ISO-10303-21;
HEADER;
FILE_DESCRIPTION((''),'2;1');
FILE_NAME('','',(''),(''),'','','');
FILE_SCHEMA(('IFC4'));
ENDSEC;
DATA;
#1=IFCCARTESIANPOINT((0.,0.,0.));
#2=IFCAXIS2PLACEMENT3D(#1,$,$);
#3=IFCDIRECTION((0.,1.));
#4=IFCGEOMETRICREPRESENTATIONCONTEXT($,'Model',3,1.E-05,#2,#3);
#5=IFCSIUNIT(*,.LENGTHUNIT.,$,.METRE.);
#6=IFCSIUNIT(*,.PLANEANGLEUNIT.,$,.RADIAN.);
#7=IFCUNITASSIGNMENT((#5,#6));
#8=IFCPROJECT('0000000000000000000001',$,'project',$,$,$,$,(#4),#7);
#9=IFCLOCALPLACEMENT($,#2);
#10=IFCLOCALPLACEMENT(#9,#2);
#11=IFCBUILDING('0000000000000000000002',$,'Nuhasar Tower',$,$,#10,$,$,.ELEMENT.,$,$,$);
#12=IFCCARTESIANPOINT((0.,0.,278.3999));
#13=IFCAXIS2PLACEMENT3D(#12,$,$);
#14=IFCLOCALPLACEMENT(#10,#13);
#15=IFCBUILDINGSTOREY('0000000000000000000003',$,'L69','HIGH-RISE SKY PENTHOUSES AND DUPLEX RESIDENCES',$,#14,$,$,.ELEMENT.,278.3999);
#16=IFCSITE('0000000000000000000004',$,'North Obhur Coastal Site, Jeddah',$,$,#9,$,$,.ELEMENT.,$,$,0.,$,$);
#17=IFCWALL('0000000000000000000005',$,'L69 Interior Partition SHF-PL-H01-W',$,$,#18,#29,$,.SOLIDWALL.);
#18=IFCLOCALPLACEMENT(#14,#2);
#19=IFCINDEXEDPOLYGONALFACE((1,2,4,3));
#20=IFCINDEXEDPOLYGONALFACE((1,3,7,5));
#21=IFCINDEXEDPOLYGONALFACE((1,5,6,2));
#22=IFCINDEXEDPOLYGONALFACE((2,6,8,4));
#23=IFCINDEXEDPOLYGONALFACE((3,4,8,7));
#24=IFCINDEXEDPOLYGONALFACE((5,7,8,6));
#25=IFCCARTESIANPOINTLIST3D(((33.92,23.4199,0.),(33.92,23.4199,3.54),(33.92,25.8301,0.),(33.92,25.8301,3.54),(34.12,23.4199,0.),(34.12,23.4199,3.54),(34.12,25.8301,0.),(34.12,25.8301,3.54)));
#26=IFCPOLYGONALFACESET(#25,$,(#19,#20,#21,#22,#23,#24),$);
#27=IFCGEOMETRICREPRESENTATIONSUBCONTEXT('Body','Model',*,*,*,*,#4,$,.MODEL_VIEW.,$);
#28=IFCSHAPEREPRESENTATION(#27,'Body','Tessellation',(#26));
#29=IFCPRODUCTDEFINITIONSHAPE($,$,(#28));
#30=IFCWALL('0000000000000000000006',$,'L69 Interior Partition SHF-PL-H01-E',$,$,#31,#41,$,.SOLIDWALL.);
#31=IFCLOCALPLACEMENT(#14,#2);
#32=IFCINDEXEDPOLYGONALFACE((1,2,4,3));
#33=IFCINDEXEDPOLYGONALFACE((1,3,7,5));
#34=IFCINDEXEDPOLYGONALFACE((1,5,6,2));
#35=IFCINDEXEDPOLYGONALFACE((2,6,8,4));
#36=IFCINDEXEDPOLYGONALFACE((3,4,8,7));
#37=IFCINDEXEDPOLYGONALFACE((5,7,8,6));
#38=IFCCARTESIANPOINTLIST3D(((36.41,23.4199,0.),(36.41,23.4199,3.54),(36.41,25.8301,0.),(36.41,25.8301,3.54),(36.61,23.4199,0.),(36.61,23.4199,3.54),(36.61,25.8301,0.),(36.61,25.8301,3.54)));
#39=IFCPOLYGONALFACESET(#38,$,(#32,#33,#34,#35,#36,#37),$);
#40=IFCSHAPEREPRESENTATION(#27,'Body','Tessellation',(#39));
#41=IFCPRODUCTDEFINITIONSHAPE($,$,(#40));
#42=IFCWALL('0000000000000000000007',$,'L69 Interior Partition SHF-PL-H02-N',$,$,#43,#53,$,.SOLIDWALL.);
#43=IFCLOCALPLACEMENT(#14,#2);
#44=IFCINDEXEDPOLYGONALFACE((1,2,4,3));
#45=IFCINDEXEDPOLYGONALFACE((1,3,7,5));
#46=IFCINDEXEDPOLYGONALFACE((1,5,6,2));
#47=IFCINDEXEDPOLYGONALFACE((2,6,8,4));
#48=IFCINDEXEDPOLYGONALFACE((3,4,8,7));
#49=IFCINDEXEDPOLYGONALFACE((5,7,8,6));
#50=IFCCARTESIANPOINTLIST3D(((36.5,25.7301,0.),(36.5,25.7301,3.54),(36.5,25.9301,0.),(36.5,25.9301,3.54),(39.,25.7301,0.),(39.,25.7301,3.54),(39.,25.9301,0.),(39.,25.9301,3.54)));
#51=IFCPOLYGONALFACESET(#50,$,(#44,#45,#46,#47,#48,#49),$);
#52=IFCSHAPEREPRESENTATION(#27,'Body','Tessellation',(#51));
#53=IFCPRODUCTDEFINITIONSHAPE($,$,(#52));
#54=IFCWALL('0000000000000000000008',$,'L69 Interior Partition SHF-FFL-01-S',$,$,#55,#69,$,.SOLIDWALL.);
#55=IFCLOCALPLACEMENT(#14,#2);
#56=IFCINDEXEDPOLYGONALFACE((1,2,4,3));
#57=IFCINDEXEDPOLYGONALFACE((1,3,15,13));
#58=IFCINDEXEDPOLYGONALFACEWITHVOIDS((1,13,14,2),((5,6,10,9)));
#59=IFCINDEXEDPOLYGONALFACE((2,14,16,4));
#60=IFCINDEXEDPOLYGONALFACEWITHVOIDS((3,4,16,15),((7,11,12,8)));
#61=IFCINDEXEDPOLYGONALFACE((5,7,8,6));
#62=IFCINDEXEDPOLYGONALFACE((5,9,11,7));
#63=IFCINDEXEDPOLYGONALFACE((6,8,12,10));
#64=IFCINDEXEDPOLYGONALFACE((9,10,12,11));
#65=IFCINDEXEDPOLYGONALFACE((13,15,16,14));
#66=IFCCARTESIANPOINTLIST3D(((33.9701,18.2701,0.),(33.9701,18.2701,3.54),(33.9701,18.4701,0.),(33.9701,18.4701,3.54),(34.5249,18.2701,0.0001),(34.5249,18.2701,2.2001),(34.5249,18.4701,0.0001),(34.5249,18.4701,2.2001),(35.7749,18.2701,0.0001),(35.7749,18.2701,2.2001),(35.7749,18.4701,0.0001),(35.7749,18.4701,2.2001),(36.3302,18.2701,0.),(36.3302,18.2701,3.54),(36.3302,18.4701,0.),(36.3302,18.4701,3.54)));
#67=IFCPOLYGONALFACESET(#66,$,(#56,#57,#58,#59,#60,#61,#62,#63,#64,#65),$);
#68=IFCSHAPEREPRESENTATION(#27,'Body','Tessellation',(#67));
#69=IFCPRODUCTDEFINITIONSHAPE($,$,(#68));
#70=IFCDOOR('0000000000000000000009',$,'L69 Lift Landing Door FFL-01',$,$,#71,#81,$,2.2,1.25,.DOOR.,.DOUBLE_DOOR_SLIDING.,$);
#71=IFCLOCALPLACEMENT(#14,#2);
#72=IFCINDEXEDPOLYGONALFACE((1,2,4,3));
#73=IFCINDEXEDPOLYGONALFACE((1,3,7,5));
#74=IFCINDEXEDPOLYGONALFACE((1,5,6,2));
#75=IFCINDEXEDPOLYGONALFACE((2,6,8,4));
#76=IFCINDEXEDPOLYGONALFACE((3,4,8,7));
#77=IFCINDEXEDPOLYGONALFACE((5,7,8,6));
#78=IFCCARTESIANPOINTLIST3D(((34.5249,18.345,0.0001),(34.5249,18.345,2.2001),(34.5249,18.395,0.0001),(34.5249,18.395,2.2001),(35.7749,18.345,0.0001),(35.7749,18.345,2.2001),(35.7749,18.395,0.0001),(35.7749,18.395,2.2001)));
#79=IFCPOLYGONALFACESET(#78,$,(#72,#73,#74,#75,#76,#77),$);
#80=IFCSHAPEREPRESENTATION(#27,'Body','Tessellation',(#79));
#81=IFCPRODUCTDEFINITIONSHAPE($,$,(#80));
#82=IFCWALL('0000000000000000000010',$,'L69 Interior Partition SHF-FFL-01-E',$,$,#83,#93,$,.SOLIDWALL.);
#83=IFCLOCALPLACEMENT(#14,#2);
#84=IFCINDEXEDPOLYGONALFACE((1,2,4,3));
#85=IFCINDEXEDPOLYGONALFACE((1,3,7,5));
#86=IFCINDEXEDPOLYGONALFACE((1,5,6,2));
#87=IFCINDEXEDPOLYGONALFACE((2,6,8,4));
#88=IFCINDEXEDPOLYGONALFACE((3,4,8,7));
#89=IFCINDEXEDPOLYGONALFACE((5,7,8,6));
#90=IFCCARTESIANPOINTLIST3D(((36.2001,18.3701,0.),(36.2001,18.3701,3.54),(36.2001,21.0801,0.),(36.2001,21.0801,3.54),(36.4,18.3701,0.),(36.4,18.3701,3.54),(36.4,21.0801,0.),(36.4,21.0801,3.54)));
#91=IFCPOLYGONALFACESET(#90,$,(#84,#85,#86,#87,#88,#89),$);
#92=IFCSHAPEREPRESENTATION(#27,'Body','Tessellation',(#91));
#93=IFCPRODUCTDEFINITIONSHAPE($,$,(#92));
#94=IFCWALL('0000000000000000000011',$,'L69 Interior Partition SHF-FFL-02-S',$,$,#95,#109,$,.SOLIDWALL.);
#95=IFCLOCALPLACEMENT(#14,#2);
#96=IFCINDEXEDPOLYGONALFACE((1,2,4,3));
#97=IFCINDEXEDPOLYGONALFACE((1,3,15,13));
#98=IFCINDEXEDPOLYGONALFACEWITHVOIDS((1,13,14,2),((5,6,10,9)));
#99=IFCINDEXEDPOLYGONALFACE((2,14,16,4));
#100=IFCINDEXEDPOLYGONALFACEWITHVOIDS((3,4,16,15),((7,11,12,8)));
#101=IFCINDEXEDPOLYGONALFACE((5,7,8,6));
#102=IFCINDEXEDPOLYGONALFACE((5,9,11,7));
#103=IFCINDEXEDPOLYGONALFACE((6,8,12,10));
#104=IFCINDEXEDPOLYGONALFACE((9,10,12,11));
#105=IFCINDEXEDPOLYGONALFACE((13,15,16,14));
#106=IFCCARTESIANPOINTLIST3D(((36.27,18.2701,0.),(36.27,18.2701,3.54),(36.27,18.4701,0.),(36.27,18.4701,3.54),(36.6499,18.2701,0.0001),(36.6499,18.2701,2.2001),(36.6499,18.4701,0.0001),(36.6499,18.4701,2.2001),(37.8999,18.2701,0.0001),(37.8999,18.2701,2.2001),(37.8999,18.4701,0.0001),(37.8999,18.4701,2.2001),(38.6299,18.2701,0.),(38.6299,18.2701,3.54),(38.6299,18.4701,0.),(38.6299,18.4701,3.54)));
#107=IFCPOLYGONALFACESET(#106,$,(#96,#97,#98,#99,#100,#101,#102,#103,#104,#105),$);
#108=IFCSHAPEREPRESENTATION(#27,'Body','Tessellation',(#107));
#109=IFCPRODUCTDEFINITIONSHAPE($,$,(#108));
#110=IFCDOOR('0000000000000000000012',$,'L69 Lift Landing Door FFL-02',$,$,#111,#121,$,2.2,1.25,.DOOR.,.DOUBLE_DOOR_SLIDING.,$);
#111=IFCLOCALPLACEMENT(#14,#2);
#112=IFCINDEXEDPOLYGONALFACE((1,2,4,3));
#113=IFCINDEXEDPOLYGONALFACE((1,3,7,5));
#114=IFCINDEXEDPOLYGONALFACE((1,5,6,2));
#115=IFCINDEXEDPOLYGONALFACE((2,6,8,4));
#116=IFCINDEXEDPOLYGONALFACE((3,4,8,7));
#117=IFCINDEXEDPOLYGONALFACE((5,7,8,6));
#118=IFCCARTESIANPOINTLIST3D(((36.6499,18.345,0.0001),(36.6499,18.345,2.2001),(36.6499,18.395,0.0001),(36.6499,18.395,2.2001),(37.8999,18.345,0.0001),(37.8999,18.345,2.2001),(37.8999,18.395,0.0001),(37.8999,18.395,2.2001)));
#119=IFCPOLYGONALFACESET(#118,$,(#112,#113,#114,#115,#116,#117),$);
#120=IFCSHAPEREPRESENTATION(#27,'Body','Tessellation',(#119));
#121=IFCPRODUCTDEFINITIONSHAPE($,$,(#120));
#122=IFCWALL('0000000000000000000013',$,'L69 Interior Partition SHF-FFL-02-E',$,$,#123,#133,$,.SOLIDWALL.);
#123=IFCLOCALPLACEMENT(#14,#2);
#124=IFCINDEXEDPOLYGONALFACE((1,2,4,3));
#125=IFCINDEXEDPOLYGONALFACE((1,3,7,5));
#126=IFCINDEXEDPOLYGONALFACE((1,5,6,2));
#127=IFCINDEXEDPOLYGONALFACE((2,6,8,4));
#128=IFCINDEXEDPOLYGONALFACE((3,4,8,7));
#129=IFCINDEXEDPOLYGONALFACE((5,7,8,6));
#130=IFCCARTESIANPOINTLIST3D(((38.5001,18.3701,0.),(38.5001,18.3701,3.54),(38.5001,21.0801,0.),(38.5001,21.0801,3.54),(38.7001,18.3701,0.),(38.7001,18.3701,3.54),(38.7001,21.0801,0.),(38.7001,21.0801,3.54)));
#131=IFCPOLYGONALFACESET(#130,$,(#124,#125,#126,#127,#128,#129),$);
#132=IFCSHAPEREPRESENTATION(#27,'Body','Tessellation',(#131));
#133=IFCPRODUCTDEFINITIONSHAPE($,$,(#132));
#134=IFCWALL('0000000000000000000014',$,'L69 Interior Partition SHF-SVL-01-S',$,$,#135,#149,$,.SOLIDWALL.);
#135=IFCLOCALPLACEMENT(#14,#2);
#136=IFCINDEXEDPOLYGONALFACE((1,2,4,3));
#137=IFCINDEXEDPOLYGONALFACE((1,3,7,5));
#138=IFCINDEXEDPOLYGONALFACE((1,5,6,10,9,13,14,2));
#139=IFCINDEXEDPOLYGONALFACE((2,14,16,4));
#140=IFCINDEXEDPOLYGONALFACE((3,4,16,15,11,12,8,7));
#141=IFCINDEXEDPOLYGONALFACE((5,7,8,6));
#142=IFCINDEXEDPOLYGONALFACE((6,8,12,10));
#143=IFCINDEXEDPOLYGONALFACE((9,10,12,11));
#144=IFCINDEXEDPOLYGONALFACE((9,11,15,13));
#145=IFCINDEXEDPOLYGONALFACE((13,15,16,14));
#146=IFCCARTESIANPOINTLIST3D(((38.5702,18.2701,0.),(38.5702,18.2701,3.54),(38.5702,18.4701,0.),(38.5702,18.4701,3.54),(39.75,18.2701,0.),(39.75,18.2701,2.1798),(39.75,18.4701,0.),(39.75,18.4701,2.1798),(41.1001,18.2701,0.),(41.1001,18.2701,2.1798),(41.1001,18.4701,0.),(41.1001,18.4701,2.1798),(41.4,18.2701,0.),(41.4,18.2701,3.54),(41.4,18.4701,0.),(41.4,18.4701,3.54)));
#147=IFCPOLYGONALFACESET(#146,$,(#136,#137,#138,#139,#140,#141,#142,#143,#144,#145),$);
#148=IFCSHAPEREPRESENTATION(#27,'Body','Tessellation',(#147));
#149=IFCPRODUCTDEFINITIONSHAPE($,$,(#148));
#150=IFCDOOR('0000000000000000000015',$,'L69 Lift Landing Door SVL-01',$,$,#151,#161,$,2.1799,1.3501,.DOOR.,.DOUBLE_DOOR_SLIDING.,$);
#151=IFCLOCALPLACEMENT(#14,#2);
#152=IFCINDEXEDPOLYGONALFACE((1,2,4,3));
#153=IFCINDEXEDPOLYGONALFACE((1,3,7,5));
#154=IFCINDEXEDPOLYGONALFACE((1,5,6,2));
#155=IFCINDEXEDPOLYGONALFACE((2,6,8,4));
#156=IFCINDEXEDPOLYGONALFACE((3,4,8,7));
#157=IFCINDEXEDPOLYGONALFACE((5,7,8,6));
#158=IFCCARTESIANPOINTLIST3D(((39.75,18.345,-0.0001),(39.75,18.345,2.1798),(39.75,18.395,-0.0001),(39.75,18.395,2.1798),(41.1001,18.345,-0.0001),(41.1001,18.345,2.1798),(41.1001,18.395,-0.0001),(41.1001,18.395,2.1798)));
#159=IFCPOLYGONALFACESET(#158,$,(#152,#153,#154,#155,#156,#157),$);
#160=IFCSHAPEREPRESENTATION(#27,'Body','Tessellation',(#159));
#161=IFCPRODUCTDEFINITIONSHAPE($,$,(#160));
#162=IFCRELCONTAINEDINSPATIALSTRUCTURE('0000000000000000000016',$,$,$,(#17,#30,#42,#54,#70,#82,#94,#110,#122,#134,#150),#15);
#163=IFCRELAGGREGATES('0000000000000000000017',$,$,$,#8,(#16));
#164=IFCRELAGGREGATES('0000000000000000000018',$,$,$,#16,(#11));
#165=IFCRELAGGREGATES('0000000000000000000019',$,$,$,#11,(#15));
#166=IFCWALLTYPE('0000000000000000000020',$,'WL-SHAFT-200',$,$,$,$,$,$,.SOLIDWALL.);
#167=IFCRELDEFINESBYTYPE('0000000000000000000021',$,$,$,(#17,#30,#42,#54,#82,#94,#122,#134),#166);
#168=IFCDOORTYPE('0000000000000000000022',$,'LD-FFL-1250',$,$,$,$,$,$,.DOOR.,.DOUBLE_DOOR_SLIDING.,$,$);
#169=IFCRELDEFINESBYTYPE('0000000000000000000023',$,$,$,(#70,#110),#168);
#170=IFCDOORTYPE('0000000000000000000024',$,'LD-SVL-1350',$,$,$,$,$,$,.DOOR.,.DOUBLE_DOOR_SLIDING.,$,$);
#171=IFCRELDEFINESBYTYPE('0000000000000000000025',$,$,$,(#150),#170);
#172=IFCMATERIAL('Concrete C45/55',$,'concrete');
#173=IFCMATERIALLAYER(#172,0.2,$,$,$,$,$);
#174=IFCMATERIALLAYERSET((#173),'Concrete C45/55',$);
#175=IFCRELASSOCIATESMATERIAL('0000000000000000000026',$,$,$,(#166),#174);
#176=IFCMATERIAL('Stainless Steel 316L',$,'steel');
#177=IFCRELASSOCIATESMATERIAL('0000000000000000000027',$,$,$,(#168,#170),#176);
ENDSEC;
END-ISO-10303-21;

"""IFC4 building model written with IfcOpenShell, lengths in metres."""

from ifc_helpers import new_model, si_unit, direction, frame, frame_2d, origin, place, context, subcontext, project, spatial, rectangle, extrude, material, layer, layer_set, type_object, element, fill, save


model = new_model("IFC4")

# Units and contexts
model_context = context("Model", 3, precision=1e-05, world=origin(), true_north=direction((0.0, 1.0)))
body_context = subcontext(model_context, "Body", "Model", "MODEL_VIEW")
ifc_project = project(units=[si_unit("LENGTHUNIT", "METRE"), si_unit("PLANEANGLEUNIT", "RADIAN")], contexts=[model_context])

# Site, building, storey
site_placement = place(None, origin())
site = spatial("IfcSite", under=ifc_project, at=site_placement, Name="North Obhur Coastal Site, Jeddah", CompositionType="ELEMENT", RefElevation=0.0)
building_placement = place(site_placement, origin())
building = spatial("IfcBuilding", under=site, at=building_placement, Name="Nuhasar Tower", CompositionType="ELEMENT")
storey_placement = place(building_placement, frame((0.0, 0.0, 278.3999)))
storey = spatial("IfcBuildingStorey", under=building, at=storey_placement, Name="L69", Description="HIGH-RISE SKY PENTHOUSES AND DUPLEX RESIDENCES", CompositionType="ELEMENT", Elevation=278.3999)

# Shared definitions
ifc_material_1 = material(Name="Concrete C45/55", Category="concrete")

# Shared definitions
ifc_layer_1 = layer(ifc_material_1, 0.2)
ifc_layer_set_1 = layer_set([ifc_layer_1], Name="Concrete C45/55")
wall_type_1 = type_object("IfcWallType", Name="WL-SHAFT-200", PredefinedType="SOLIDWALL", material=ifc_layer_set_1)
ifc_material_2 = material(Name="Stainless Steel 316L", Category="steel")

# Walls
for number, where, z_axis, x_axis, name in (
    (1, (34.02, 23.4199, 0.0), (0.0, 0.0, 1.0), (0.0, 1.0, 0.0), "L69 Interior Partition SHF-PL-H01-W"),
    (2, (36.51, 23.4199, 0.0), (0.0, 0.0, 1.0), (0.0, 1.0, 0.0), "L69 Interior Partition SHF-PL-H01-E"),
):
    element("IfcWall", number, at=place(storey_placement, frame(where, z_axis=z_axis, x_axis=x_axis)), inside=storey, type_object=wall_type_1, Name=name, PredefinedType="SOLIDWALL", context=body_context, shape_type="SweptSolid", body=[
        extrude(rectangle(XDim=2.4102, YDim=0.2, at=frame_2d((1.2051, 0.0))), origin(), (0.0, 0.0, 1.0), 3.54),
    ])

# Wall
wall_1_placement = place(storey_placement, frame((36.5, 25.8301, 0.0), z_axis=(0.0, 0.0, 1.0), x_axis=(1.0, 0.0, 0.0)))
element("IfcWall", 3, at=wall_1_placement, inside=storey, type_object=wall_type_1, Name="L69 Interior Partition SHF-PL-H02-N", PredefinedType="SOLIDWALL", context=body_context, shape_type="SweptSolid", body=[
    extrude(rectangle(XDim=2.5, YDim=0.2, at=frame_2d((1.25, 0.0))), origin(), (0.0, 0.0, 1.0), 3.54),
])

# Wall, opening, door
wall_2_placement = place(storey_placement, frame((33.97, 18.3701, 0.0), z_axis=(0.0, 0.0, 1.0), x_axis=(1.0, 0.0, 0.0)))
wall_2 = element("IfcWall", 4, at=wall_2_placement, inside=storey, type_object=wall_type_1, Name="L69 Interior Partition SHF-FFL-01-S", PredefinedType="SOLIDWALL", context=body_context, shape_type="SweptSolid", body=[
    extrude(rectangle(XDim=2.3601, YDim=0.2, at=frame_2d((1.1802, 0.0))), origin(), (0.0, 0.0, 1.0), 3.54),
])
opening_1_placement = place(wall_2_placement, frame((0.5549, 0.0, 0.0)))
opening_1 = element("IfcOpeningElement", 5, at=opening_1_placement, cuts=wall_2, PredefinedType="OPENING", context=body_context, shape_type="SweptSolid", body=[
    extrude(rectangle(XDim=1.25, YDim=2.2, at=frame_2d((0.625, 1.1001))), frame((0.0, 0.1099, 0.0), z_axis=(0.0, -1.0, 0.0), x_axis=(1.0, 0.0, 0.0)), (0.0, 0.0, 1.0), 0.22),
])
door_type_1 = type_object("IfcDoorType", Name="LD-FFL-1250", OperationType="DOUBLE_DOOR_SLIDING", PredefinedType="DOOR", material=ifc_material_2)
door_1_placement = place(opening_1_placement, origin())
door_1 = element("IfcDoor", 6, at=door_1_placement, inside=storey, type_object=door_type_1, Name="L69 Lift Landing Door FFL-01", OperationType="DOUBLE_DOOR_SLIDING", OverallHeight=2.2, OverallWidth=1.25, PredefinedType="DOOR", context=body_context, shape_type="SweptSolid", body=[
    extrude(rectangle(XDim=1.25, YDim=2.2, at=frame_2d((0.625, 1.1001))), frame((0.0, 0.0249, 0.0), z_axis=(0.0, -1.0, 0.0), x_axis=(1.0, 0.0, 0.0)), (0.0, 0.0, 1.0), 0.05),
])
fill(opening_1, door_1)

# Wall
wall_3_placement = place(storey_placement, frame((36.3, 18.3701, 0.0), z_axis=(0.0, 0.0, 1.0), x_axis=(0.0, 1.0, 0.0)))
element("IfcWall", 7, at=wall_3_placement, inside=storey, type_object=wall_type_1, Name="L69 Interior Partition SHF-FFL-01-E", PredefinedType="SOLIDWALL", context=body_context, shape_type="SweptSolid", body=[
    extrude(rectangle(XDim=2.71, YDim=0.2, at=frame_2d((1.355, 0.0))), origin(), (0.0, 0.0, 1.0), 3.54),
])

# Wall, opening, door
wall_4_placement = place(storey_placement, frame((36.27, 18.3701, 0.0), z_axis=(0.0, 0.0, 1.0), x_axis=(1.0, 0.0, 0.0)))
wall_4 = element("IfcWall", 8, at=wall_4_placement, inside=storey, type_object=wall_type_1, Name="L69 Interior Partition SHF-FFL-02-S", PredefinedType="SOLIDWALL", context=body_context, shape_type="SweptSolid", body=[
    extrude(rectangle(XDim=2.3599, YDim=0.2, at=frame_2d((1.1799, 0.0))), origin(), (0.0, 0.0, 1.0), 3.54),
])
opening_2_placement = place(wall_4_placement, frame((0.3799, 0.0, 0.0)))
opening_2 = element("IfcOpeningElement", 9, at=opening_2_placement, cuts=wall_4, PredefinedType="OPENING", context=body_context, shape_type="SweptSolid", body=[
    extrude(rectangle(XDim=1.25, YDim=2.2, at=frame_2d((0.625, 1.1001))), frame((0.0, 0.1099, 0.0), z_axis=(0.0, -1.0, 0.0), x_axis=(1.0, 0.0, 0.0)), (0.0, 0.0, 1.0), 0.22),
])
door_2_placement = place(opening_2_placement, origin())
door_2 = element("IfcDoor", 10, at=door_2_placement, inside=storey, type_object=door_type_1, Name="L69 Lift Landing Door FFL-02", OperationType="DOUBLE_DOOR_SLIDING", OverallHeight=2.2, OverallWidth=1.25, PredefinedType="DOOR", context=body_context, shape_type="SweptSolid", body=[
    extrude(rectangle(XDim=1.25, YDim=2.2, at=frame_2d((0.625, 1.1001))), frame((0.0, 0.0249, 0.0), z_axis=(0.0, -1.0, 0.0), x_axis=(1.0, 0.0, 0.0)), (0.0, 0.0, 1.0), 0.05),
])
fill(opening_2, door_2)

# Wall
wall_5_placement = place(storey_placement, frame((38.6001, 18.3701, 0.0), z_axis=(0.0, 0.0, 1.0), x_axis=(0.0, 1.0, 0.0)))
element("IfcWall", 11, at=wall_5_placement, inside=storey, type_object=wall_type_1, Name="L69 Interior Partition SHF-FFL-02-E", PredefinedType="SOLIDWALL", context=body_context, shape_type="SweptSolid", body=[
    extrude(rectangle(XDim=2.71, YDim=0.2, at=frame_2d((1.355, 0.0))), origin(), (0.0, 0.0, 1.0), 3.54),
])

# Wall, opening, door
wall_6_placement = place(storey_placement, frame((38.5701, 18.3701, 0.0), z_axis=(0.0, 0.0, 1.0), x_axis=(1.0, 0.0, 0.0)))
wall_6 = element("IfcWall", 12, at=wall_6_placement, inside=storey, type_object=wall_type_1, Name="L69 Interior Partition SHF-SVL-01-S", PredefinedType="SOLIDWALL", context=body_context, shape_type="SweptSolid", body=[
    extrude(rectangle(XDim=2.8298, YDim=0.2, at=frame_2d((1.415, 0.0))), origin(), (0.0, 0.0, 1.0), 3.54),
])
opening_3_placement = place(wall_6_placement, frame((1.1799, 0.0, 0.0)))
opening_3 = element("IfcOpeningElement", 13, at=opening_3_placement, cuts=wall_6, PredefinedType="OPENING", context=body_context, shape_type="SweptSolid", body=[
    extrude(rectangle(XDim=1.3501, YDim=2.1799, at=frame_2d((0.675, 1.0898))), frame((0.0, 0.1099, 0.0), z_axis=(0.0, -1.0, 0.0), x_axis=(1.0, 0.0, 0.0)), (0.0, 0.0, 1.0), 0.22),
])
door_type_2 = type_object("IfcDoorType", Name="LD-SVL-1350", OperationType="DOUBLE_DOOR_SLIDING", PredefinedType="DOOR", material=ifc_material_2)
door_3_placement = place(opening_3_placement, origin())
door_3 = element("IfcDoor", 14, at=door_3_placement, inside=storey, type_object=door_type_2, Name="L69 Lift Landing Door SVL-01", OperationType="DOUBLE_DOOR_SLIDING", OverallHeight=2.1799, OverallWidth=1.3501, PredefinedType="DOOR", context=body_context, shape_type="SweptSolid", body=[
    extrude(rectangle(XDim=1.3501, YDim=2.1799, at=frame_2d((0.675, 1.0898))), frame((0.0, 0.0249, 0.0), z_axis=(0.0, -1.0, 0.0), x_axis=(1.0, 0.0, 0.0)), (0.0, 0.0, 1.0), 0.05),
])
fill(opening_3, door_3)

save(model, "model.ifc")
